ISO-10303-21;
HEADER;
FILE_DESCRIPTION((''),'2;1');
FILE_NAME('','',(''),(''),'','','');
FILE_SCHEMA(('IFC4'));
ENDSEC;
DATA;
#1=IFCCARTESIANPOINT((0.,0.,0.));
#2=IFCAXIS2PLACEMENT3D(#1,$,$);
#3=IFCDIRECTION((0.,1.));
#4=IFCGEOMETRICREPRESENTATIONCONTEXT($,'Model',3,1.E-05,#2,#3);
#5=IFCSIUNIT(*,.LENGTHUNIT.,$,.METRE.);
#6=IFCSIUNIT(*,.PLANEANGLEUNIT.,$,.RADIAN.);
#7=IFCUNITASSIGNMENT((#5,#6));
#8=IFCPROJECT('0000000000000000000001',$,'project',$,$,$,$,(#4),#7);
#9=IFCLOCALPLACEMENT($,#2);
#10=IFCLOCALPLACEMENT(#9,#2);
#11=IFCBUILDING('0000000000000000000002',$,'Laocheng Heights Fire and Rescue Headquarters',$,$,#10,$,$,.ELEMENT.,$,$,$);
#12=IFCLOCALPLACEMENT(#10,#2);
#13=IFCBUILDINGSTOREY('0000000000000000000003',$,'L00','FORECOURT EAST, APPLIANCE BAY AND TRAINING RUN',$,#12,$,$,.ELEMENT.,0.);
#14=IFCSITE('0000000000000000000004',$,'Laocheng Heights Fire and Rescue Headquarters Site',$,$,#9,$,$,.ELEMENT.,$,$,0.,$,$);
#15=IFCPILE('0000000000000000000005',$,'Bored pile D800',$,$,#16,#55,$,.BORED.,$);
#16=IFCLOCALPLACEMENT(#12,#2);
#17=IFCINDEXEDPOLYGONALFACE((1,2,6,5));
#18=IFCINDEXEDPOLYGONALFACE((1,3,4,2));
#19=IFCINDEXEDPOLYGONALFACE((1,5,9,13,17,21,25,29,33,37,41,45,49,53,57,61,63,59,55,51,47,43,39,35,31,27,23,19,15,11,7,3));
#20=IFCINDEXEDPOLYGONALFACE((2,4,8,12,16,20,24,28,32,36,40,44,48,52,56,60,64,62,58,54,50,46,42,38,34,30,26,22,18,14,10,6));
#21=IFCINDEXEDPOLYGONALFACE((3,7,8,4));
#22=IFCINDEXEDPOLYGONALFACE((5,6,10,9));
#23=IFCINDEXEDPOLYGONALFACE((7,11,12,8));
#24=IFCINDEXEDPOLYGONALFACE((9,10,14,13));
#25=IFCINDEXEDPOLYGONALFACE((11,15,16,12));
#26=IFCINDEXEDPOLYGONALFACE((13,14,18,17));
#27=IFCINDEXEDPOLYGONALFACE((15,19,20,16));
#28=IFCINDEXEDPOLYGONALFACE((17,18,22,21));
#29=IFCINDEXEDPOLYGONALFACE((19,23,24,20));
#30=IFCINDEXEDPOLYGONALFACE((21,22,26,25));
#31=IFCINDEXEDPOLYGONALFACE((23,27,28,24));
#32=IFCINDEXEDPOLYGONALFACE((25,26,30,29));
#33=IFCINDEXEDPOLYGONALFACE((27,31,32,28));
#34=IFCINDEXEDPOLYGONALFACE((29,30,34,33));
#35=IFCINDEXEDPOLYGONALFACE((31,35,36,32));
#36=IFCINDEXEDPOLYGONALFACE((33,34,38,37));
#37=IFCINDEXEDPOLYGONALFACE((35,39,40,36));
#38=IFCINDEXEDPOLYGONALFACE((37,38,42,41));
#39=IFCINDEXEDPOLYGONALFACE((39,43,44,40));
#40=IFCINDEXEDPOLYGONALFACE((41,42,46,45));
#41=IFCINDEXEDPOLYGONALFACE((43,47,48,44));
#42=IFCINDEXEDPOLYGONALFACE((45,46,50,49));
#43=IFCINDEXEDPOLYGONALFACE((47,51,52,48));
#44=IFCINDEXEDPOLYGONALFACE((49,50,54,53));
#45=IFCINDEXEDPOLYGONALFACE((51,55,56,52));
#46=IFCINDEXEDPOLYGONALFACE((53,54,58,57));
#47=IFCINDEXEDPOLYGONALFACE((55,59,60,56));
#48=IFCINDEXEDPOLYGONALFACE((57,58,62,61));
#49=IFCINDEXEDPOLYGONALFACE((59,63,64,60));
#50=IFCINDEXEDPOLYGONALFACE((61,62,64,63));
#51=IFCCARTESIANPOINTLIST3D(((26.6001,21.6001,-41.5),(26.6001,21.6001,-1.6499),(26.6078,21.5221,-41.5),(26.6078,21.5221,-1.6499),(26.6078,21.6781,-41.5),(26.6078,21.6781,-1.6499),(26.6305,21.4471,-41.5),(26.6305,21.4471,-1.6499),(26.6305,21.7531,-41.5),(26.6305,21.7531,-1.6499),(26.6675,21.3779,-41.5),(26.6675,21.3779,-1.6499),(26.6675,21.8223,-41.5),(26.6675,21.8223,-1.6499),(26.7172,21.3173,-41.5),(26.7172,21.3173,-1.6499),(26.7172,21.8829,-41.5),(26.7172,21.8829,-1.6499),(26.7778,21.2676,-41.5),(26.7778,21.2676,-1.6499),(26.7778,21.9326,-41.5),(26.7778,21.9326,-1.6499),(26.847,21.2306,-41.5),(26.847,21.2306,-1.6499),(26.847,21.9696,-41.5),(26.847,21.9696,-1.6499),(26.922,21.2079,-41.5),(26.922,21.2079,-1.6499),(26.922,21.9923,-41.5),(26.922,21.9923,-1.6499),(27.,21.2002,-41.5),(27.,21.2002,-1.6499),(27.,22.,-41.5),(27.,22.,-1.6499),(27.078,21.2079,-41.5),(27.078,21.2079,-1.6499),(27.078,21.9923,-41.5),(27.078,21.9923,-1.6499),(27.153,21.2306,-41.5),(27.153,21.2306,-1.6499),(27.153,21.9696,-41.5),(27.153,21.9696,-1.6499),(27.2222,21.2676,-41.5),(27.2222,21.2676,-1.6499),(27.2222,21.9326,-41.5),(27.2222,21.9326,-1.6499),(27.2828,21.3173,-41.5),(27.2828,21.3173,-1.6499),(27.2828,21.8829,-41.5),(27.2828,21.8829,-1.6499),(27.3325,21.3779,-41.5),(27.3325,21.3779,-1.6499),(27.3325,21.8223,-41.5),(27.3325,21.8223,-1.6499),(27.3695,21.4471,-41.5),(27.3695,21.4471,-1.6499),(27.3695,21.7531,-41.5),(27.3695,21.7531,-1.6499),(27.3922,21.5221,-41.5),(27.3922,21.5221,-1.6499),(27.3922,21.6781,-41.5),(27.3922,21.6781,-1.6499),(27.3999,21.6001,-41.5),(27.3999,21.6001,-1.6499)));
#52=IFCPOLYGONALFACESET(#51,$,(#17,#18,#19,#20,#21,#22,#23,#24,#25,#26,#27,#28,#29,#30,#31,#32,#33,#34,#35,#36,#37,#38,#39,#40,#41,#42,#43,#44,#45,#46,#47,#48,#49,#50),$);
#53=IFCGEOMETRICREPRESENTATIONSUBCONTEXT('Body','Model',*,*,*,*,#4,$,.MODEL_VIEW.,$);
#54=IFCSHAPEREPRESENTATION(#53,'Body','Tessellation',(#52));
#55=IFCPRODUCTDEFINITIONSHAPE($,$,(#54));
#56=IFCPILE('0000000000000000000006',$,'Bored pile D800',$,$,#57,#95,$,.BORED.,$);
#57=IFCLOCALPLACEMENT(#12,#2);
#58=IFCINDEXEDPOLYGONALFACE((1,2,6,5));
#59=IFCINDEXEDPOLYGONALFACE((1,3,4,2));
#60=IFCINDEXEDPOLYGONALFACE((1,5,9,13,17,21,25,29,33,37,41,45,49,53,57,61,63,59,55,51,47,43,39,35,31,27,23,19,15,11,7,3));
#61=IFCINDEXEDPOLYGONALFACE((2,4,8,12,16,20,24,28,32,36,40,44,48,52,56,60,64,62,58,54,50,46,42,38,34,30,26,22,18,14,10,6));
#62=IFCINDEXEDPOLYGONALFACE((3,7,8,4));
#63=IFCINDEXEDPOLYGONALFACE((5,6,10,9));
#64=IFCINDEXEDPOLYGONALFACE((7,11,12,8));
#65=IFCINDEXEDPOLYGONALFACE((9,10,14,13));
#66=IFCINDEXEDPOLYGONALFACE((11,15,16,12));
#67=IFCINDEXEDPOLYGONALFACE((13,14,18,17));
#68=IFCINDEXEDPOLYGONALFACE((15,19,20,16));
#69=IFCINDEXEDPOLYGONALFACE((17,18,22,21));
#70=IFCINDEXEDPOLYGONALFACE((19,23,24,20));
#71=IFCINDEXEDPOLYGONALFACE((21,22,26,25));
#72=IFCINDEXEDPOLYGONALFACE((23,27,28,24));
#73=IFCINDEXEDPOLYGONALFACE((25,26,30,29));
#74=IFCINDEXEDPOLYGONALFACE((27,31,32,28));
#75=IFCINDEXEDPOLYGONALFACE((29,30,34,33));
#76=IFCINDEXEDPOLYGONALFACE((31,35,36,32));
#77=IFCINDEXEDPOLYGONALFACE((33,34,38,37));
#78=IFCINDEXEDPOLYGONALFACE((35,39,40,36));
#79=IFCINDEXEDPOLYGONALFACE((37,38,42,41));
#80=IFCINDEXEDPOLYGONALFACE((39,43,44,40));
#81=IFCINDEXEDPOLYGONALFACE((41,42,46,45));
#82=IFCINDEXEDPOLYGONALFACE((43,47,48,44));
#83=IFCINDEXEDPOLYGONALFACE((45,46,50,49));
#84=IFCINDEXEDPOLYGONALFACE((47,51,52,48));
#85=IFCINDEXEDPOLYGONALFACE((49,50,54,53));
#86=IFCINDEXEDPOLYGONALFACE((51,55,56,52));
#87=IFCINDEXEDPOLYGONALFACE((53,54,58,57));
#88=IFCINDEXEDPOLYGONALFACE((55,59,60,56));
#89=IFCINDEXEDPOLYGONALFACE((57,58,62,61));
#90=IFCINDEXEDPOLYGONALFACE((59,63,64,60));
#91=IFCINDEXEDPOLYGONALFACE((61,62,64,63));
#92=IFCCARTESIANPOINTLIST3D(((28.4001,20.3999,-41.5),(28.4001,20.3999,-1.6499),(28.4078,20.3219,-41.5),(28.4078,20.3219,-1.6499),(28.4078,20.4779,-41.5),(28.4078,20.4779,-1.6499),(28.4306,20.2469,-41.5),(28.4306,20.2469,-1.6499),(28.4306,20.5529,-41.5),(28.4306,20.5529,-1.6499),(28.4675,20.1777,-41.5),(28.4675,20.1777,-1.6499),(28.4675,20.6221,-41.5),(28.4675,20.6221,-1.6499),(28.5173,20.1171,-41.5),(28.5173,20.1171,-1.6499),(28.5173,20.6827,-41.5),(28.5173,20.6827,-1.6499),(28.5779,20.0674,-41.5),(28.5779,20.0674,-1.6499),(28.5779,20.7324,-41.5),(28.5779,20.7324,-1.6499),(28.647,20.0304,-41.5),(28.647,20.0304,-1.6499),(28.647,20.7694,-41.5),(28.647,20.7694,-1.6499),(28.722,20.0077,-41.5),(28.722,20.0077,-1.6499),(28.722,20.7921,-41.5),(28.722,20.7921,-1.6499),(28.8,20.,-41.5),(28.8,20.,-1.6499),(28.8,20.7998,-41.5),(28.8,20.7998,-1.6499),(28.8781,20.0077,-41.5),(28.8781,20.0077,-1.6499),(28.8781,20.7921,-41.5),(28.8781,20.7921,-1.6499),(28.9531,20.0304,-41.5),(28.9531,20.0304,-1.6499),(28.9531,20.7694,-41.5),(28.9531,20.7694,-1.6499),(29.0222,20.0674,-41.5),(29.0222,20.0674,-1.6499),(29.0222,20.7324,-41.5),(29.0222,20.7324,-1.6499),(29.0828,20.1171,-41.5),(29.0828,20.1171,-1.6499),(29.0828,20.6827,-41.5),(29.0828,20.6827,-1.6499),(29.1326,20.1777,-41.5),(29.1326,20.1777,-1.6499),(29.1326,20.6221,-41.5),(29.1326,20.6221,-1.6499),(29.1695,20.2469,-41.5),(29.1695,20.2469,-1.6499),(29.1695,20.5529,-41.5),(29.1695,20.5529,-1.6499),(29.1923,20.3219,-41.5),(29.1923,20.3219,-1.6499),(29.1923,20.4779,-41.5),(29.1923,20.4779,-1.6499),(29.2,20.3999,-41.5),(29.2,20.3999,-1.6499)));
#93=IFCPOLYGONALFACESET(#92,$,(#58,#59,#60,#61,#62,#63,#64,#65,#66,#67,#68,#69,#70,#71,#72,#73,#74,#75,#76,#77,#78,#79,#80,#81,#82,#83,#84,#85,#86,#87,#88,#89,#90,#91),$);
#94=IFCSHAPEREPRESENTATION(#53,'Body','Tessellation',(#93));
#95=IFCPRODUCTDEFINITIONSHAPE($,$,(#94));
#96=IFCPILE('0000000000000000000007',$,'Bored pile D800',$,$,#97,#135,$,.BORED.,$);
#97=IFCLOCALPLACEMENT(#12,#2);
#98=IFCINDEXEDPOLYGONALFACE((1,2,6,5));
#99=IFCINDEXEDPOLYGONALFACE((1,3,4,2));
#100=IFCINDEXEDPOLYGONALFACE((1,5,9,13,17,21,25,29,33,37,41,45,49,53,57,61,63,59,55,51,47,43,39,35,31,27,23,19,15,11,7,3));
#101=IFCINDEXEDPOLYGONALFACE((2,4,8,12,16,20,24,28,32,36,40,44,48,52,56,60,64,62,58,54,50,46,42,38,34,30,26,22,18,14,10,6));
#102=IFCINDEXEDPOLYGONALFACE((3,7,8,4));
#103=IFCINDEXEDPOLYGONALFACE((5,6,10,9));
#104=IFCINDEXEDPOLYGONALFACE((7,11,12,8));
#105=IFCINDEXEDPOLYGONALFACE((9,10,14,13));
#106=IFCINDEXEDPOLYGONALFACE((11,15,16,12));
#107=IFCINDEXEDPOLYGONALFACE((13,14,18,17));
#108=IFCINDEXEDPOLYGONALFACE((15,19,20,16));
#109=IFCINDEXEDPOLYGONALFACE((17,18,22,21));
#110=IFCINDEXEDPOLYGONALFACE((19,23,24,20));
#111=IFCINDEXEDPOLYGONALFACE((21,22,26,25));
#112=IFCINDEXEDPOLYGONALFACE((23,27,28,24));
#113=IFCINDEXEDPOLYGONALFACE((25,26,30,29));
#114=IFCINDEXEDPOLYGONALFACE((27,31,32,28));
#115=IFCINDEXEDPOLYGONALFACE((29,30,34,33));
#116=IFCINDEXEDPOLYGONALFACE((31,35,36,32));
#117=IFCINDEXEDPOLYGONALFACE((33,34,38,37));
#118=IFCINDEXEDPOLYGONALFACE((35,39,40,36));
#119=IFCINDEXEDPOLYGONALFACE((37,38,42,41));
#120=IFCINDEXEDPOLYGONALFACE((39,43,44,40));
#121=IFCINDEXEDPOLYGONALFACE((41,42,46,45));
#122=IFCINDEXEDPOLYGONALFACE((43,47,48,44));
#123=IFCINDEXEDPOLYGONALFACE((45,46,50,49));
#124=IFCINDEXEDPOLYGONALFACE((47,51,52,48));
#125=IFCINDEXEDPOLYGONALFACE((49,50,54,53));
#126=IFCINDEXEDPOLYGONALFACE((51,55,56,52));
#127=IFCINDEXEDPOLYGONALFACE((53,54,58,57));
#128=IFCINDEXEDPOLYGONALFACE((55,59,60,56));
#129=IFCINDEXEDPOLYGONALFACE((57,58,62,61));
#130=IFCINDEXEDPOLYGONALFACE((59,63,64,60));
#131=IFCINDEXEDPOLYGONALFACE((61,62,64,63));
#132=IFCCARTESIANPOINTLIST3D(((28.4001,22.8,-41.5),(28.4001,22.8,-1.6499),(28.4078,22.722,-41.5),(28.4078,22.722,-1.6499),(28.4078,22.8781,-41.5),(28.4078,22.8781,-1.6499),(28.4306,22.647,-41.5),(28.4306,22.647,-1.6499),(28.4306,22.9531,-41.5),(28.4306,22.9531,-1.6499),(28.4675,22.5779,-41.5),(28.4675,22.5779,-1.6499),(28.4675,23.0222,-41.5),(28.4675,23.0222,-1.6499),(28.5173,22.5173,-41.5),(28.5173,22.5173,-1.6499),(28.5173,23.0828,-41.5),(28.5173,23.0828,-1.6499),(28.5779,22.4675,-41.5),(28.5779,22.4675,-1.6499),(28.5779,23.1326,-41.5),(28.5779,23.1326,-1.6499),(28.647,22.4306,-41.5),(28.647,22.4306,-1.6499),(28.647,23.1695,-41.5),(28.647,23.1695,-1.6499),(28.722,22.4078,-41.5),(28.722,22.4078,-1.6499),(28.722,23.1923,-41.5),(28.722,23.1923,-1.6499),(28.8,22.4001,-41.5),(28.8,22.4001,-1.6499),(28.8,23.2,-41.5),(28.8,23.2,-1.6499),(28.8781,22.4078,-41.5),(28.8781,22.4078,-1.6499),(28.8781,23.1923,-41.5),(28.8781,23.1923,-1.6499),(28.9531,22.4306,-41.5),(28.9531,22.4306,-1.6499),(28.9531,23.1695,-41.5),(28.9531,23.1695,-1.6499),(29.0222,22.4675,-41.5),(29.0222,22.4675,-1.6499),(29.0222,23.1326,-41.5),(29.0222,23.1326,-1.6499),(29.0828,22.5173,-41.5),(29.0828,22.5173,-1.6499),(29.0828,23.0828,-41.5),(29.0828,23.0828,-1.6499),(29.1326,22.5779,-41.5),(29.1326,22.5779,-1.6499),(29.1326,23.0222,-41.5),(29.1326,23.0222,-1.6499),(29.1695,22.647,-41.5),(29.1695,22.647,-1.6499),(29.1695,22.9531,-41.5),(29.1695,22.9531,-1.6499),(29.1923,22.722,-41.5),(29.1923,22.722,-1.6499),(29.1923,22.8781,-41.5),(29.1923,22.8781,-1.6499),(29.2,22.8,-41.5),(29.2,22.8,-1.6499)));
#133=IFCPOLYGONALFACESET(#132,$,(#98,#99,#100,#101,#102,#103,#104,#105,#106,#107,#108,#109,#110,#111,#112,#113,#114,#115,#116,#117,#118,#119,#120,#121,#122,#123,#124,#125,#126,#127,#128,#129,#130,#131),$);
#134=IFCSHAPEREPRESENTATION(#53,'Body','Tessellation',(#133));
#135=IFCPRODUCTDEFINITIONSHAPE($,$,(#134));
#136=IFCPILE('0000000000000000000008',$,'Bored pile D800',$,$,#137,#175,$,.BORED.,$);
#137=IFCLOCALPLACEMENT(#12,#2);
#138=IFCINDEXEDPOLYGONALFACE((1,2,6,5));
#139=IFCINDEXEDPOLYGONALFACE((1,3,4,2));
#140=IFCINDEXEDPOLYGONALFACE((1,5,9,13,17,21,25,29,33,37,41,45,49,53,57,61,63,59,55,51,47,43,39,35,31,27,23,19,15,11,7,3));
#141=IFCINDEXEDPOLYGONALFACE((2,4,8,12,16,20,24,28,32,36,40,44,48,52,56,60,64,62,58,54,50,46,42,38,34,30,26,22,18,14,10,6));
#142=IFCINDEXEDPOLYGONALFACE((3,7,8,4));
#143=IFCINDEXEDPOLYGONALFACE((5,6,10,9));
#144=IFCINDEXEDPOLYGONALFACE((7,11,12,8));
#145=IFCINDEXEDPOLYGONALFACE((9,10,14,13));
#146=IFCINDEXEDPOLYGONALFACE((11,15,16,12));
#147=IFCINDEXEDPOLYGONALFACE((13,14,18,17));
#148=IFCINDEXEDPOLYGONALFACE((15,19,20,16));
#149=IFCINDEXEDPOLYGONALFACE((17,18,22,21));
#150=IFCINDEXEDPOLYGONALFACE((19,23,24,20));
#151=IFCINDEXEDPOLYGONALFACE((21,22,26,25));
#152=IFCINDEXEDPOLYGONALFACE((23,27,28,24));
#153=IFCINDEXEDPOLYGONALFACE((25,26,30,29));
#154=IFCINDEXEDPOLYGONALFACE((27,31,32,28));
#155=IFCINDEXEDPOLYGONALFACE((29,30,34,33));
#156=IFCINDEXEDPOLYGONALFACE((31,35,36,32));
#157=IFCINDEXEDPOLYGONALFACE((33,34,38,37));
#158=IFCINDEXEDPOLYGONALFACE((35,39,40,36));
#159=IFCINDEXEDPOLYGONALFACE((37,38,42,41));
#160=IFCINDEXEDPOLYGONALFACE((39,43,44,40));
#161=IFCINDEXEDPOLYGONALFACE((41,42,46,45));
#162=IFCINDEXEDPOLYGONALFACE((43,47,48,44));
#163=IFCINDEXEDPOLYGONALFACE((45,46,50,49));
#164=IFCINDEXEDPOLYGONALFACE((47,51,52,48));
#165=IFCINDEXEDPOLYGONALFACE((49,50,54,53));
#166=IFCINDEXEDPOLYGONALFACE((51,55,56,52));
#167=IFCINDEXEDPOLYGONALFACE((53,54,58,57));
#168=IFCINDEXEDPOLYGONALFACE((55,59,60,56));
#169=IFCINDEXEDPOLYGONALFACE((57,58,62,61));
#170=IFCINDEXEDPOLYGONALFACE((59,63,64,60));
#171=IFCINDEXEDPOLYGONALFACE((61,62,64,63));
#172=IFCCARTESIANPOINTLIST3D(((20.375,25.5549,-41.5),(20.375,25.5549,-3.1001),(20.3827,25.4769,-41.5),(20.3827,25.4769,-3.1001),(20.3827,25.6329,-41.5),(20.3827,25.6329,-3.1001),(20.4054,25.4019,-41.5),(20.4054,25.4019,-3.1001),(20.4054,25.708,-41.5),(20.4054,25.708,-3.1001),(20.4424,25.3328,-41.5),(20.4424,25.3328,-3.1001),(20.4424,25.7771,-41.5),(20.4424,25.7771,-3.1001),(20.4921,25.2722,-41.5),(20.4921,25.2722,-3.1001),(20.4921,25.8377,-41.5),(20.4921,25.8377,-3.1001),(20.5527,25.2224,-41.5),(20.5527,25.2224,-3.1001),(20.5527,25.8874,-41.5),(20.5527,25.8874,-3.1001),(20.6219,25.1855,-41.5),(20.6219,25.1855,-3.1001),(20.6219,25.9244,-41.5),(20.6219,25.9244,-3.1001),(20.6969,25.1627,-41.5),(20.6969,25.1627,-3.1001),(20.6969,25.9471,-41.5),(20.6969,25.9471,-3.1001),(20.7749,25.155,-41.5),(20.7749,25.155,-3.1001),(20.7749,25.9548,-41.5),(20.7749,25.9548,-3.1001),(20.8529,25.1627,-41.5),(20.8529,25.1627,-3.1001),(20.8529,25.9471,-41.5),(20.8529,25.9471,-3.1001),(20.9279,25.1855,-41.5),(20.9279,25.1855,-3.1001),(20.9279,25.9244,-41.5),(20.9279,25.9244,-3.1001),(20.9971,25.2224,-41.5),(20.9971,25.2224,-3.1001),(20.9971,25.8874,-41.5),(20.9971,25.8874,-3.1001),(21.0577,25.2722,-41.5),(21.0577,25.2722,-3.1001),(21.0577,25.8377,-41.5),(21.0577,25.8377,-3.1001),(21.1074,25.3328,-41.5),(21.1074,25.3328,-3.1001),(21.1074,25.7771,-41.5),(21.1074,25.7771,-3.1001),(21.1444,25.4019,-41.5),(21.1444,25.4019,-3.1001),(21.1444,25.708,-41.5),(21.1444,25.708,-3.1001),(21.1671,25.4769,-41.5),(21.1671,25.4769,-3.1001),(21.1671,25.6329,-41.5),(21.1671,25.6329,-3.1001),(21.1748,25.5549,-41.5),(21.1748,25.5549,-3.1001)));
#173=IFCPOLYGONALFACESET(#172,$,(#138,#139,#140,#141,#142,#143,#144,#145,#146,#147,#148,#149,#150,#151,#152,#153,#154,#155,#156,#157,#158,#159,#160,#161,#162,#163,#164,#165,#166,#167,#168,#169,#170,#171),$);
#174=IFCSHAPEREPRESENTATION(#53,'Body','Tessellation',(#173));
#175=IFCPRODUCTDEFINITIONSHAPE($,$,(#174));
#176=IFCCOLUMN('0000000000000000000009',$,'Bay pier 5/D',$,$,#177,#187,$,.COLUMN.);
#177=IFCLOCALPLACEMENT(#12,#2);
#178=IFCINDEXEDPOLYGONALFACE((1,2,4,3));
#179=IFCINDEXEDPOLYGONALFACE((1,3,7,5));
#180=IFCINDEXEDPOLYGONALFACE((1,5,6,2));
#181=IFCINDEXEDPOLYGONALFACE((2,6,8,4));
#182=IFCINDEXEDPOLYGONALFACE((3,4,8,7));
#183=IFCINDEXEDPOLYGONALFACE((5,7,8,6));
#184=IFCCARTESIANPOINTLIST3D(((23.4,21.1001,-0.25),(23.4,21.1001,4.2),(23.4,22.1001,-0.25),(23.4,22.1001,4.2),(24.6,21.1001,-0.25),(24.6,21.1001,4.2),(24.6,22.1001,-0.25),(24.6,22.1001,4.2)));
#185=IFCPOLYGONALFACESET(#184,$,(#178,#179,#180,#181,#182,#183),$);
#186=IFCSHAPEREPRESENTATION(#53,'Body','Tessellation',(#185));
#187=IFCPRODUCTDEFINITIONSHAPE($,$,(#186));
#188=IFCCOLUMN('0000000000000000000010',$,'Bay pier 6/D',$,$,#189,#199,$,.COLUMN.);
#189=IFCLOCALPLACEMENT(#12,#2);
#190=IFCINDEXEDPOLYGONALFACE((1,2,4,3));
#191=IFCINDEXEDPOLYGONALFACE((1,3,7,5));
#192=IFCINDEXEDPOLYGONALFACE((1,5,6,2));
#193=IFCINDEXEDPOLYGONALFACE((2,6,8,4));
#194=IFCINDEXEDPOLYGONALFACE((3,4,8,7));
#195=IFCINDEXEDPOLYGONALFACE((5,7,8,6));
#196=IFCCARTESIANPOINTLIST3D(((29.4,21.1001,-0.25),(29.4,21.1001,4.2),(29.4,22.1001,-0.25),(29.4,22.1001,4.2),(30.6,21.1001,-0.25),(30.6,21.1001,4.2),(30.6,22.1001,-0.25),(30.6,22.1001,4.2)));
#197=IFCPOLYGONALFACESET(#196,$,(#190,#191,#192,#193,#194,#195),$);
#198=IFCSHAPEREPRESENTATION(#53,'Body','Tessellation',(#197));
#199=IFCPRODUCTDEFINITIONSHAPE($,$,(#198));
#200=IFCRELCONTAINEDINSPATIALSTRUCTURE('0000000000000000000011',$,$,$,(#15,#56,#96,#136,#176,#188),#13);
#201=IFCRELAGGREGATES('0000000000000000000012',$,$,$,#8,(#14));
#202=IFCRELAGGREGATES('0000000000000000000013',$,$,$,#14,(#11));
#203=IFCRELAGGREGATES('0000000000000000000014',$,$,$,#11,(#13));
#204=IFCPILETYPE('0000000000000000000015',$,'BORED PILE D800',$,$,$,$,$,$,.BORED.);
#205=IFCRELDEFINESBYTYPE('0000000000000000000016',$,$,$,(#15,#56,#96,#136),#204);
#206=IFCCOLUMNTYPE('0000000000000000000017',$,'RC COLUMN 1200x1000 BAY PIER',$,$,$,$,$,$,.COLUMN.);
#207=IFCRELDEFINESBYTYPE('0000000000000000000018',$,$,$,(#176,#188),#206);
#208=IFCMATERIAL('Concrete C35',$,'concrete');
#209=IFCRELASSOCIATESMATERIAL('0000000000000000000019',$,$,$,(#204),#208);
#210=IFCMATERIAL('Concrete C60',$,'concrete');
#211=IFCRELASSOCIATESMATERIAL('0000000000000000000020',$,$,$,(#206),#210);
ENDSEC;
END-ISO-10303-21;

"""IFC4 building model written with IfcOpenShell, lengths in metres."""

from ifc_helpers import new_model, si_unit, direction, frame, origin, origin_2d, place, context, subcontext, project, spatial, rectangle, circle, extrude, material, material_profile, profile_set, type_object, element, save


model = new_model("IFC4")

# Units and contexts
model_context = context("Model", 3, precision=1e-05, world=origin(), true_north=direction((0.0, 1.0)))
body_context = subcontext(model_context, "Body", "Model", "MODEL_VIEW")
ifc_project = project(units=[si_unit("LENGTHUNIT", "METRE"), si_unit("PLANEANGLEUNIT", "RADIAN")], contexts=[model_context])

# Site, building, storey
site_placement = place(None, origin())
site = spatial("IfcSite", under=ifc_project, at=site_placement, Name="Laocheng Heights Fire and Rescue Headquarters Site", CompositionType="ELEMENT", RefElevation=0.0)
building_placement = place(site_placement, origin())
building = spatial("IfcBuilding", under=site, at=building_placement, Name="Laocheng Heights Fire and Rescue Headquarters", CompositionType="ELEMENT")
storey_placement = place(building_placement, origin())
storey = spatial("IfcBuildingStorey", under=building, at=storey_placement, Name="L00", Description="FORECOURT EAST, APPLIANCE BAY AND TRAINING RUN", CompositionType="ELEMENT", Elevation=0.0)

# Piles
ifc_material_1 = material(Name="Concrete C35", Category="concrete")
ifc_material_profile_1 = material_profile(ifc_material_1, circle(Radius=0.3999, at=origin_2d()), Name="BORED PILE D800")
ifc_profile_set_1 = profile_set([ifc_material_profile_1], Name="Concrete C35")
pile_type = type_object("IfcPileType", Name="BORED PILE D800", PredefinedType="BORED", material=ifc_profile_set_1)
for number, where, z_axis, x_axis, name in (
    (1, (27.0, 21.6001, -1.6499), (0.0, 0.0, -1.0), (1.0, 0.0, 0.0), "Bored pile D800"),
    (2, (28.8, 20.3999, -1.6499), (0.0, 0.0, -1.0), (1.0, 0.0, 0.0), "Bored pile D800"),
    (3, (28.8, 22.8, -1.6499), (0.0, 0.0, -1.0), (1.0, 0.0, 0.0), "Bored pile D800"),
):
    element("IfcPile", number, at=place(storey_placement, frame(where, z_axis=z_axis, x_axis=x_axis)), inside=storey, type_object=pile_type, Name=name, PredefinedType="BORED", context=body_context, shape_type="SweptSolid", body=[
        extrude(circle(Radius=0.3999, at=origin_2d()), origin(), (0.0, 0.0, 1.0), 39.8501),
    ])
pile_placement = place(storey_placement, frame((20.7749, 25.5549, -3.1001), z_axis=(0.0, 0.0, -1.0), x_axis=(1.0, 0.0, 0.0)))
element("IfcPile", 4, at=pile_placement, inside=storey, type_object=pile_type, Name="Bored pile D800", PredefinedType="BORED", context=body_context, shape_type="SweptSolid", body=[
    extrude(circle(Radius=0.3999, at=origin_2d()), origin(), (0.0, 0.0, 1.0), 38.3999),
])

# Columns
ifc_material_2 = material(Name="Concrete C60", Category="concrete")
ifc_material_profile_2 = material_profile(ifc_material_2, rectangle(XDim=1.2, YDim=1.0, at=origin_2d()), Name="RC COLUMN 1200x1000 BAY PIER")
ifc_profile_set_2 = profile_set([ifc_material_profile_2], Name="Concrete C60")
column_type = type_object("IfcColumnType", Name="RC COLUMN 1200x1000 BAY PIER", PredefinedType="COLUMN", material=ifc_profile_set_2)
for number, where, z_axis, x_axis, name in (
    (5, (24.0, 21.6001, -0.25), (0.0, 0.0, 1.0), (1.0, 0.0, 0.0), "Bay pier 5/D"),
    (6, (30.0, 21.6001, -0.25), (0.0, 0.0, 1.0), (1.0, 0.0, 0.0), "Bay pier 6/D"),
):
    element("IfcColumn", number, at=place(storey_placement, frame(where, z_axis=z_axis, x_axis=x_axis)), inside=storey, type_object=column_type, Name=name, PredefinedType="COLUMN", context=body_context, shape_type="SweptSolid", body=[
        extrude(rectangle(XDim=1.2, YDim=1.0, at=origin_2d()), origin(), (0.0, 0.0, 1.0), 4.45),
    ])

save(model, "model.ifc")
